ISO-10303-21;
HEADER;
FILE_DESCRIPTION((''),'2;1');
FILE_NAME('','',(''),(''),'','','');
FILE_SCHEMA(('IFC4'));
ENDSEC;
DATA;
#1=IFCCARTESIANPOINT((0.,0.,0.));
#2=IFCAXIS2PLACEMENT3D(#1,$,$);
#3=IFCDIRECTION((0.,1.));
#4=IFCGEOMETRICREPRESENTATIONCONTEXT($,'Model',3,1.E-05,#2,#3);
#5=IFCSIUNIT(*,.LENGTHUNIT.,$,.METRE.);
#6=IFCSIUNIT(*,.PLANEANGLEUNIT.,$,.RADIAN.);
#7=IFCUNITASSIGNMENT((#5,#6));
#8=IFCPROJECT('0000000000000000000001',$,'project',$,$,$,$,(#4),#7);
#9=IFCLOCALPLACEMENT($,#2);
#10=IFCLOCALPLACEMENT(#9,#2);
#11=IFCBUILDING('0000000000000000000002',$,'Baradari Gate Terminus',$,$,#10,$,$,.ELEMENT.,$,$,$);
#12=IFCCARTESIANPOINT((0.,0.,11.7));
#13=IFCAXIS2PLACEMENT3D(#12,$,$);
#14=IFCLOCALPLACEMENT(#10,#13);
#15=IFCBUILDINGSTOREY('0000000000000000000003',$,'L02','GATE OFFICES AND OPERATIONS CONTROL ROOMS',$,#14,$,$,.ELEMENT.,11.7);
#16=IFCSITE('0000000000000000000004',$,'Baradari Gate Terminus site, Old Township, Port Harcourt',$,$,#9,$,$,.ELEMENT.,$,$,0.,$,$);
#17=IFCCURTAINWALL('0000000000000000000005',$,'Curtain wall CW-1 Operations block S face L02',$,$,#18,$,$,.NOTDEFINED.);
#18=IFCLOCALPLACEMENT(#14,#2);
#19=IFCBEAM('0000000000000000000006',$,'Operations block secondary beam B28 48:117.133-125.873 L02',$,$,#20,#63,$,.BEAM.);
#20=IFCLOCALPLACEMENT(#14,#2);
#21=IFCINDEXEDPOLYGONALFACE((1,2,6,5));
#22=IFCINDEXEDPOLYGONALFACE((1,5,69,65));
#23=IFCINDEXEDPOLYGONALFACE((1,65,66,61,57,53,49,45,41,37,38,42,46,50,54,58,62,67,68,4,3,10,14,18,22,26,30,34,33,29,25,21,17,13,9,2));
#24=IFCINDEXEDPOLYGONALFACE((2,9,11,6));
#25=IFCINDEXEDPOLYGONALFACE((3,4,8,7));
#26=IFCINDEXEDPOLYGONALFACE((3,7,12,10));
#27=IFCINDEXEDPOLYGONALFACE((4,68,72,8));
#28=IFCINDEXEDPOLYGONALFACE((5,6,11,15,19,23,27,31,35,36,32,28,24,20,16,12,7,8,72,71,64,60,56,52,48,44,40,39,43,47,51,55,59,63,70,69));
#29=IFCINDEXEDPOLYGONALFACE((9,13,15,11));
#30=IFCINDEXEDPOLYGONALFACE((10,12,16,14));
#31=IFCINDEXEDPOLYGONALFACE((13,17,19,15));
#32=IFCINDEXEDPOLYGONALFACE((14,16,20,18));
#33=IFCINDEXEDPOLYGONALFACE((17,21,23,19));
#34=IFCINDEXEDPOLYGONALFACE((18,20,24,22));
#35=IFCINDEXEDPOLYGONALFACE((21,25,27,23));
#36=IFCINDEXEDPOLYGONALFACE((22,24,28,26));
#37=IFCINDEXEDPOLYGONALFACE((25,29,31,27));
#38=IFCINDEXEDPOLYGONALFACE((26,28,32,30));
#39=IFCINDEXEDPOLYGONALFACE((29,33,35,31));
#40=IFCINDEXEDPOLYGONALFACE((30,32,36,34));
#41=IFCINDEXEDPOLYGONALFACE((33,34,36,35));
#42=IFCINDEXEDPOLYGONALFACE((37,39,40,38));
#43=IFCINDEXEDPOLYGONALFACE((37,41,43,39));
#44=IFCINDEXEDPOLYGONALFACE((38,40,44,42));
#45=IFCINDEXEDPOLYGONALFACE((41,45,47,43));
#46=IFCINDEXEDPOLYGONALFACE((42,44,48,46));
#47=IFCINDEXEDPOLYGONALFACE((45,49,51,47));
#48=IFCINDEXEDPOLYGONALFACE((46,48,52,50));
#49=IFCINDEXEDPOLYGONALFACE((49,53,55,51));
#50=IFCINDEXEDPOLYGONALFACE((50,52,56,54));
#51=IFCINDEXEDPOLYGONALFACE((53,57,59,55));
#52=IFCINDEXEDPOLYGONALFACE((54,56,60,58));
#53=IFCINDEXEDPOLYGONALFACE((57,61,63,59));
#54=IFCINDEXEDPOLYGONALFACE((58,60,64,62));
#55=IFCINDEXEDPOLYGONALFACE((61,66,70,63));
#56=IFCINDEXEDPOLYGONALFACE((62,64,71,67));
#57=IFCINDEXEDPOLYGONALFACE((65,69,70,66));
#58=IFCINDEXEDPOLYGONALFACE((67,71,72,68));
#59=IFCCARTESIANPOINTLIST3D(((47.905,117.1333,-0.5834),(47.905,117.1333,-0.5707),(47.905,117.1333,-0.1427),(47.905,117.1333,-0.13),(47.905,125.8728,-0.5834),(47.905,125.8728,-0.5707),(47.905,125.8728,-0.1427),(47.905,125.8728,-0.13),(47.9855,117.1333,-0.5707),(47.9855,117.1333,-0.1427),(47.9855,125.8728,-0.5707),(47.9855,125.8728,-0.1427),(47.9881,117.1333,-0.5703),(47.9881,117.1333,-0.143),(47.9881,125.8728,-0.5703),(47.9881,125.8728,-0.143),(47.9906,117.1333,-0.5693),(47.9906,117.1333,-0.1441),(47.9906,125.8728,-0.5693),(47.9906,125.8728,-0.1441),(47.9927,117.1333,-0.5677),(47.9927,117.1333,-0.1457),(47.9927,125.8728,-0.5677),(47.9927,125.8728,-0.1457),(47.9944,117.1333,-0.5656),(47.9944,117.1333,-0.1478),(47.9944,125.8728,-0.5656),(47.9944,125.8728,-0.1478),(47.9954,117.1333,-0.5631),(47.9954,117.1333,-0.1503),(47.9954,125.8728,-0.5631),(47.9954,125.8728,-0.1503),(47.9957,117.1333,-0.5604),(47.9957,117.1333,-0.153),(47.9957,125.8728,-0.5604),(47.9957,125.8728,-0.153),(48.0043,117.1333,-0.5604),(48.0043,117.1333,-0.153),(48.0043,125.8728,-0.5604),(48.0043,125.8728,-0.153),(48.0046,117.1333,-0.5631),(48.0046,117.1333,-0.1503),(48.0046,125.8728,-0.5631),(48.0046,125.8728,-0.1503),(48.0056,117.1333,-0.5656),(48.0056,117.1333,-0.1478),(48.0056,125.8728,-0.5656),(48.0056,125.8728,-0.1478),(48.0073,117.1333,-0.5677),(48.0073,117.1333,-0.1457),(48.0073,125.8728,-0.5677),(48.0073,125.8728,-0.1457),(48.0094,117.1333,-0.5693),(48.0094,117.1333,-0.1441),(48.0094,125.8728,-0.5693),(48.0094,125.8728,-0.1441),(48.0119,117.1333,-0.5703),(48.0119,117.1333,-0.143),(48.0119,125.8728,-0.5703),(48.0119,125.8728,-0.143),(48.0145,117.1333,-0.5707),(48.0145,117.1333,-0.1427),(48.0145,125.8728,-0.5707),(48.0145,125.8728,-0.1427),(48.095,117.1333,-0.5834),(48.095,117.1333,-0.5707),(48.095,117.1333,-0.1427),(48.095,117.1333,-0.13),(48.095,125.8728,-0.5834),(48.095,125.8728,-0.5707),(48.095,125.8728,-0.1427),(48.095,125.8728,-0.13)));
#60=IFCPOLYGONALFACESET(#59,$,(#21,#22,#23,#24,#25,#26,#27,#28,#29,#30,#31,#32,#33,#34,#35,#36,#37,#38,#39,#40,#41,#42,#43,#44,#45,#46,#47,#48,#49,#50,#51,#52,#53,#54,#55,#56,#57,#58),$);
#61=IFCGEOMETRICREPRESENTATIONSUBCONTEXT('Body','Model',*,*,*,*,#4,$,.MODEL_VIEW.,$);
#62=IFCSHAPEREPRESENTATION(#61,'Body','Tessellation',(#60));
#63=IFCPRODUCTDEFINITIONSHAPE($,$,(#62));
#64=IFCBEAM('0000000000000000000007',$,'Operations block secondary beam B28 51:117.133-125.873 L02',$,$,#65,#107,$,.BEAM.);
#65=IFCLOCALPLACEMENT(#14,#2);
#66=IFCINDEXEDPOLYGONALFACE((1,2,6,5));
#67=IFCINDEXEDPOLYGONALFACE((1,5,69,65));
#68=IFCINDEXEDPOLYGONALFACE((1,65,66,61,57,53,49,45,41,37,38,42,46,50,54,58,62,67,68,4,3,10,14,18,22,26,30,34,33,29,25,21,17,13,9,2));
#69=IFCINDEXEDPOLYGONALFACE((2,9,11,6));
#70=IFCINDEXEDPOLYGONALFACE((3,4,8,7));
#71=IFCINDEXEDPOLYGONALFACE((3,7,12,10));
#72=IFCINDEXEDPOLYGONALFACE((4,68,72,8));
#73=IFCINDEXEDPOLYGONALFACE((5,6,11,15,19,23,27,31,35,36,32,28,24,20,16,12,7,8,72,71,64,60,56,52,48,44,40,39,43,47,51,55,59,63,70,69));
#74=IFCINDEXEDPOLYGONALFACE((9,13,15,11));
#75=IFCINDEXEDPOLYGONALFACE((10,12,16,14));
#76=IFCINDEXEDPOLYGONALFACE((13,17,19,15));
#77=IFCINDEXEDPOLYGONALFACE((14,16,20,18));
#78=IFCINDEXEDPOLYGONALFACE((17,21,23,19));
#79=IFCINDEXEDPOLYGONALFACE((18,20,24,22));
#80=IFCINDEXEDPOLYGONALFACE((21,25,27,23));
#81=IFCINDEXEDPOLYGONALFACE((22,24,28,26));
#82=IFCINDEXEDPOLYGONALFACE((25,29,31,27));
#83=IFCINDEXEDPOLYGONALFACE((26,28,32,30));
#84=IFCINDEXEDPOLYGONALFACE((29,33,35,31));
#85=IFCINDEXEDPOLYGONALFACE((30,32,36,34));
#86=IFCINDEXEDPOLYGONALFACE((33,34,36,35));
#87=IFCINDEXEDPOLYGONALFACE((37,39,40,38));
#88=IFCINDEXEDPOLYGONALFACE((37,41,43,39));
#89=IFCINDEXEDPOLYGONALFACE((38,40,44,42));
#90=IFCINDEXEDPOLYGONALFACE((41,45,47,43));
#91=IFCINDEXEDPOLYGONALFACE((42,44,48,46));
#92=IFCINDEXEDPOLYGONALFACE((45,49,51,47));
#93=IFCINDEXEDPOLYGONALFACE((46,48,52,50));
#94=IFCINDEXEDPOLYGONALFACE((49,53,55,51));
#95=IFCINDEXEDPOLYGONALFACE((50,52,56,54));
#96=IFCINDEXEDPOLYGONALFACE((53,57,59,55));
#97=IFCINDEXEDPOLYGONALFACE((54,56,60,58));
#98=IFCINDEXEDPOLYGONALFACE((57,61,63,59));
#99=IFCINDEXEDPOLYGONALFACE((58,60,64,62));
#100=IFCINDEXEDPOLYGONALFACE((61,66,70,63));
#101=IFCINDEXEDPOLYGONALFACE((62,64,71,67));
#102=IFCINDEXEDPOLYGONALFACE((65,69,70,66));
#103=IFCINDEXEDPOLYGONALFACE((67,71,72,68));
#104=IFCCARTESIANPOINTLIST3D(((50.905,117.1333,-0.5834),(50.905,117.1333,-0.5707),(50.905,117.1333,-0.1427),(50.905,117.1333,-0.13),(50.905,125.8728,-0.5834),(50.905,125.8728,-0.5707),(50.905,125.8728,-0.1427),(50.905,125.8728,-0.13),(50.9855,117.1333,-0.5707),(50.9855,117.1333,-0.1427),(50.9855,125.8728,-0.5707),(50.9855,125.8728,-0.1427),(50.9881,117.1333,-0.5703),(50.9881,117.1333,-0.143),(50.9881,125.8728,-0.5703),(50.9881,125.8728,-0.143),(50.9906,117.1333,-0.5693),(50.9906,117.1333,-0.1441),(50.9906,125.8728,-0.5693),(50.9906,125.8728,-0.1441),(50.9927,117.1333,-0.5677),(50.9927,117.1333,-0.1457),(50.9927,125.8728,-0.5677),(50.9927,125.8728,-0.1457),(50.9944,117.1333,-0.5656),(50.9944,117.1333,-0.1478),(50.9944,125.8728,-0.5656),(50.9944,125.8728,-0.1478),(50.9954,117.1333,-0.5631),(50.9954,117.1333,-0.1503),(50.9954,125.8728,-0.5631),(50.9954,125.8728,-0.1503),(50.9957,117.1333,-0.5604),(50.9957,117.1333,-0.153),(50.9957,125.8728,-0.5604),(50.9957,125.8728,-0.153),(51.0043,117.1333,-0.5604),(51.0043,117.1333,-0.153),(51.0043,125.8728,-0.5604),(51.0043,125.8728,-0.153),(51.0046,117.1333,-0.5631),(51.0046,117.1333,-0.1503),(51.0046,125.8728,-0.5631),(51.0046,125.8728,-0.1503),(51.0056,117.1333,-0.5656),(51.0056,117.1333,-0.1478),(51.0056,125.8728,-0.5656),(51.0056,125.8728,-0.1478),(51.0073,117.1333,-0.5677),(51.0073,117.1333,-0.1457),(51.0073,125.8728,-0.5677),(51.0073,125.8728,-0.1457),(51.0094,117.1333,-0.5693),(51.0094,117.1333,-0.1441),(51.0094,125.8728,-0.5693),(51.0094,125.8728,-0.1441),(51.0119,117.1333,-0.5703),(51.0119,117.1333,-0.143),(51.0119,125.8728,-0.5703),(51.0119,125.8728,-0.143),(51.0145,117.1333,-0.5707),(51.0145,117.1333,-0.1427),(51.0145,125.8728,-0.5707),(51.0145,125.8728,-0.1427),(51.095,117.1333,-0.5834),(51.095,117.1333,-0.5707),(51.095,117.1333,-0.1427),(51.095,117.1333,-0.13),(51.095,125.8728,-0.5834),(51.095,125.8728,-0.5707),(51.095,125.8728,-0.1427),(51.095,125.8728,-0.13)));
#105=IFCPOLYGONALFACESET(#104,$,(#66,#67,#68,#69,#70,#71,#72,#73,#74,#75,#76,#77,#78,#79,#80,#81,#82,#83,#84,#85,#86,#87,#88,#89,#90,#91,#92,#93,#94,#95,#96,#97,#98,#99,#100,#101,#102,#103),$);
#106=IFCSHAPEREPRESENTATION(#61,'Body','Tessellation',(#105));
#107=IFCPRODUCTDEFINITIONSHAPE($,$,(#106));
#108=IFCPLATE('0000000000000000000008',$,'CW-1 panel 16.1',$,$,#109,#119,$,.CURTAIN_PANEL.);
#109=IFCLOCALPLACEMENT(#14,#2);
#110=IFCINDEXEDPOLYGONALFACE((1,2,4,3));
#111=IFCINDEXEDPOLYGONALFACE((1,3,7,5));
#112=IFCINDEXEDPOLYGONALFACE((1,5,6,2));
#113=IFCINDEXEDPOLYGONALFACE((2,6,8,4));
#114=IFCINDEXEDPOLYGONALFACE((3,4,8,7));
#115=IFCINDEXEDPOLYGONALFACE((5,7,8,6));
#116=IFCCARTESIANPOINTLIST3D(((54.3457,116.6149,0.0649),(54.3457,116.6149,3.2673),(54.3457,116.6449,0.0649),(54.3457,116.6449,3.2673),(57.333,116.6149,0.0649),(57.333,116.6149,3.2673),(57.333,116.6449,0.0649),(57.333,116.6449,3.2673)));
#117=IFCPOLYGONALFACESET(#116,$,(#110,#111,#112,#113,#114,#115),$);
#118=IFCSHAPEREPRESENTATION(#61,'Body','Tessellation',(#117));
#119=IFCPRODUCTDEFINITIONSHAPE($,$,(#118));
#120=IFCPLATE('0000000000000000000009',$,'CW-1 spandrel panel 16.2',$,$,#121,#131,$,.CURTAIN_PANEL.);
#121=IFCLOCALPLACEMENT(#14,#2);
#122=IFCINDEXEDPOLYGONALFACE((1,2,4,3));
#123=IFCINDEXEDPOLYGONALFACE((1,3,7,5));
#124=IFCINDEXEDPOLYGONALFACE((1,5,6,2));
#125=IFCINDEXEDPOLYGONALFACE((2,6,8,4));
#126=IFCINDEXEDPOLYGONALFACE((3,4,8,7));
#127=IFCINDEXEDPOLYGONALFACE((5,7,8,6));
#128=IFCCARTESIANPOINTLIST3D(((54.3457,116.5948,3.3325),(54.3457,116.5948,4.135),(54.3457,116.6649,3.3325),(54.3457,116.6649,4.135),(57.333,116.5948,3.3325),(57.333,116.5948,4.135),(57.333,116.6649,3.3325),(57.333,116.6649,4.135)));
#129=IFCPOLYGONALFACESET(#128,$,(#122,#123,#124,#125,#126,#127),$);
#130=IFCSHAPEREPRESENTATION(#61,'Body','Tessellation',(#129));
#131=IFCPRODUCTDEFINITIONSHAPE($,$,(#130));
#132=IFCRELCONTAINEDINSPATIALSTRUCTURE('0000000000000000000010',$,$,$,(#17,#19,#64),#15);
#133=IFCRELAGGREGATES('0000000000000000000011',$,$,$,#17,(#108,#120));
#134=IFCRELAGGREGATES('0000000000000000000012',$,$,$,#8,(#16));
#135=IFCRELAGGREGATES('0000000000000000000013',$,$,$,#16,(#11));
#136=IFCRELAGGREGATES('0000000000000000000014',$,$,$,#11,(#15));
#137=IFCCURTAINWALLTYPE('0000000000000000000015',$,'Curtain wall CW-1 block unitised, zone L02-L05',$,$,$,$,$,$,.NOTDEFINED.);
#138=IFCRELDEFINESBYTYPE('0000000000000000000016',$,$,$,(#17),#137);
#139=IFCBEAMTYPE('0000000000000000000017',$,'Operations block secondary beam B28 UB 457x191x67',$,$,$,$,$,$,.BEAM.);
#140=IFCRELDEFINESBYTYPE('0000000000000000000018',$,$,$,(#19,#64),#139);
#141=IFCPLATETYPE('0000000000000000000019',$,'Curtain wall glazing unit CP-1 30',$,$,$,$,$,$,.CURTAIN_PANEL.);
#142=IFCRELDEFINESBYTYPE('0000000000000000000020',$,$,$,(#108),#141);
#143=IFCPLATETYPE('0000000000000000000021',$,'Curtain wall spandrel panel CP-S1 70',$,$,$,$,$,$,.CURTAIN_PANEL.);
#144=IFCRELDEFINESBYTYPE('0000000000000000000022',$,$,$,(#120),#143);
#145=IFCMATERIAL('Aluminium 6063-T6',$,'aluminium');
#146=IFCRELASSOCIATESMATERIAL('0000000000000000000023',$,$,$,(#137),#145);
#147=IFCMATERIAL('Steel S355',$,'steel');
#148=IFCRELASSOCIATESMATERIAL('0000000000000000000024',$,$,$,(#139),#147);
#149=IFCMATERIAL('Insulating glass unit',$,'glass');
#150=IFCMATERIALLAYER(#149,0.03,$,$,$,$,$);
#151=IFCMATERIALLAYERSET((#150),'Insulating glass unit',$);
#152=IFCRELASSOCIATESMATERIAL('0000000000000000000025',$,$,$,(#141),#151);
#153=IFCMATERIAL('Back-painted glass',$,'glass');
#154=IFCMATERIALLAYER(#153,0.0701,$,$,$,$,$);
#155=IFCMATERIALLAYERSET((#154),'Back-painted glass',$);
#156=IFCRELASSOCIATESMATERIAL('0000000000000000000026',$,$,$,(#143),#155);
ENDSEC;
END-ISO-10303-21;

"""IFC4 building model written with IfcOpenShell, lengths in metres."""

from ifc_helpers import new_model, si_unit, direction, frame, origin, origin_2d, place, context, subcontext, project, spatial, rectangle, i_section, extrude, material, layer, layer_set, material_profile, profile_set, type_object, element, aggregate, save


model = new_model("IFC4")

# Units and contexts
model_context = context("Model", 3, precision=1e-05, world=origin(), true_north=direction((0.0, 1.0)))
body_context = subcontext(model_context, "Body", "Model", "MODEL_VIEW")
ifc_project = project(units=[si_unit("LENGTHUNIT", "METRE"), si_unit("PLANEANGLEUNIT", "RADIAN")], contexts=[model_context])

# Site, building, storey
site_placement = place(None, origin())
site = spatial("IfcSite", under=ifc_project, at=site_placement, Name="Baradari Gate Terminus site, Old Township, Port Harcourt", CompositionType="ELEMENT", RefElevation=0.0)
building_placement = place(site_placement, origin())
building = spatial("IfcBuilding", under=site, at=building_placement, Name="Baradari Gate Terminus", CompositionType="ELEMENT")
storey_placement = place(building_placement, frame((0.0, 0.0, 11.7)))
storey = spatial("IfcBuildingStorey", under=building, at=storey_placement, Name="L02", Description="GATE OFFICES AND OPERATIONS CONTROL ROOMS", CompositionType="ELEMENT", Elevation=11.7)

# Curtain wall
ifc_material_1 = material(Name="Aluminium 6063-T6", Category="aluminium")
curtain_wall_type = type_object("IfcCurtainWallType", Name="Curtain wall CW-1 block unitised, zone L02-L05", PredefinedType="NOTDEFINED", material=ifc_material_1)
curtain_wall_placement = place(storey_placement, origin())
curtain_wall = element("IfcCurtainWall", 1, at=curtain_wall_placement, inside=storey, type_object=curtain_wall_type, Name="Curtain wall CW-1 Operations block S face L02", PredefinedType="NOTDEFINED")

# Beams
ifc_material_2 = material(Name="Steel S355", Category="steel")
ifc_material_profile_1 = material_profile(ifc_material_2, i_section(OverallWidth=0.1899, OverallDepth=0.4534, WebThickness=0.0085, FlangeThickness=0.0127, FilletRadius=0.0103, at=origin_2d()), Name="UB 457x191x67")
ifc_profile_set_1 = profile_set([ifc_material_profile_1], Name="Steel S355")
beam_type_1 = type_object("IfcBeamType", Name="Operations block secondary beam B28 UB 457x191x67", PredefinedType="BEAM", material=ifc_profile_set_1)
for number, where, z_axis, x_axis, name in (
    (2, (48.0, 117.1333, -0.3567), (0.0, 1.0, 0.0), (-1.0, 0.0, 0.0), "Operations block secondary beam B28 48:117.133-125.873 L02"),
    (3, (51.0, 117.1333, -0.3567), (0.0, 1.0, 0.0), (-1.0, 0.0, 0.0), "Operations block secondary beam B28 51:117.133-125.873 L02"),
):
    element("IfcBeam", number, at=place(storey_placement, frame(where, z_axis=z_axis, x_axis=x_axis)), inside=storey, type_object=beam_type_1, Name=name, PredefinedType="BEAM", context=body_context, shape_type="SweptSolid", body=[
        extrude(i_section(OverallWidth=0.1899, OverallDepth=0.4534, WebThickness=0.0085, FlangeThickness=0.0127, FilletRadius=0.0103, at=origin_2d()), origin(), (0.0, 0.0, 1.0), 8.7395),
    ])

# Plates
ifc_material_3 = material(Name="Insulating glass unit", Category="glass")
ifc_layer_1 = layer(ifc_material_3, 0.03)
ifc_layer_set_1 = layer_set([ifc_layer_1], Name="Insulating glass unit")
plate_type_1 = type_object("IfcPlateType", Name="Curtain wall glazing unit CP-1 30", PredefinedType="CURTAIN_PANEL", material=ifc_layer_set_1)
plate_1_placement = place(storey_placement, frame((55.8394, 116.6299, 0.0649), z_axis=(0.0, 0.0, 1.0), x_axis=(1.0, 0.0, 0.0)))
plate_1 = element("IfcPlate", 4, at=plate_1_placement, type_object=plate_type_1, Name="CW-1 panel 16.1", PredefinedType="CURTAIN_PANEL", context=body_context, shape_type="SweptSolid", body=[
    extrude(rectangle(XDim=2.9873, YDim=0.03, at=origin_2d()), origin(), (0.0, 0.0, 1.0), 3.2024),
])
ifc_material_4 = material(Name="Back-painted glass", Category="glass")
ifc_layer_2 = layer(ifc_material_4, 0.0701)
ifc_layer_set_2 = layer_set([ifc_layer_2], Name="Back-painted glass")
plate_type_2 = type_object("IfcPlateType", Name="Curtain wall spandrel panel CP-S1 70", PredefinedType="CURTAIN_PANEL", material=ifc_layer_set_2)
plate_2_placement = place(storey_placement, frame((55.8394, 116.6299, 3.3325), z_axis=(0.0, 0.0, 1.0), x_axis=(1.0, 0.0, 0.0)))
plate_2 = element("IfcPlate", 5, at=plate_2_placement, type_object=plate_type_2, Name="CW-1 spandrel panel 16.2", PredefinedType="CURTAIN_PANEL", context=body_context, shape_type="SweptSolid", body=[
    extrude(rectangle(XDim=2.9873, YDim=0.0701, at=origin_2d()), origin(), (0.0, 0.0, 1.0), 0.8025),
])
aggregate(curtain_wall, [plate_1, plate_2])

save(model, "model.ifc")
